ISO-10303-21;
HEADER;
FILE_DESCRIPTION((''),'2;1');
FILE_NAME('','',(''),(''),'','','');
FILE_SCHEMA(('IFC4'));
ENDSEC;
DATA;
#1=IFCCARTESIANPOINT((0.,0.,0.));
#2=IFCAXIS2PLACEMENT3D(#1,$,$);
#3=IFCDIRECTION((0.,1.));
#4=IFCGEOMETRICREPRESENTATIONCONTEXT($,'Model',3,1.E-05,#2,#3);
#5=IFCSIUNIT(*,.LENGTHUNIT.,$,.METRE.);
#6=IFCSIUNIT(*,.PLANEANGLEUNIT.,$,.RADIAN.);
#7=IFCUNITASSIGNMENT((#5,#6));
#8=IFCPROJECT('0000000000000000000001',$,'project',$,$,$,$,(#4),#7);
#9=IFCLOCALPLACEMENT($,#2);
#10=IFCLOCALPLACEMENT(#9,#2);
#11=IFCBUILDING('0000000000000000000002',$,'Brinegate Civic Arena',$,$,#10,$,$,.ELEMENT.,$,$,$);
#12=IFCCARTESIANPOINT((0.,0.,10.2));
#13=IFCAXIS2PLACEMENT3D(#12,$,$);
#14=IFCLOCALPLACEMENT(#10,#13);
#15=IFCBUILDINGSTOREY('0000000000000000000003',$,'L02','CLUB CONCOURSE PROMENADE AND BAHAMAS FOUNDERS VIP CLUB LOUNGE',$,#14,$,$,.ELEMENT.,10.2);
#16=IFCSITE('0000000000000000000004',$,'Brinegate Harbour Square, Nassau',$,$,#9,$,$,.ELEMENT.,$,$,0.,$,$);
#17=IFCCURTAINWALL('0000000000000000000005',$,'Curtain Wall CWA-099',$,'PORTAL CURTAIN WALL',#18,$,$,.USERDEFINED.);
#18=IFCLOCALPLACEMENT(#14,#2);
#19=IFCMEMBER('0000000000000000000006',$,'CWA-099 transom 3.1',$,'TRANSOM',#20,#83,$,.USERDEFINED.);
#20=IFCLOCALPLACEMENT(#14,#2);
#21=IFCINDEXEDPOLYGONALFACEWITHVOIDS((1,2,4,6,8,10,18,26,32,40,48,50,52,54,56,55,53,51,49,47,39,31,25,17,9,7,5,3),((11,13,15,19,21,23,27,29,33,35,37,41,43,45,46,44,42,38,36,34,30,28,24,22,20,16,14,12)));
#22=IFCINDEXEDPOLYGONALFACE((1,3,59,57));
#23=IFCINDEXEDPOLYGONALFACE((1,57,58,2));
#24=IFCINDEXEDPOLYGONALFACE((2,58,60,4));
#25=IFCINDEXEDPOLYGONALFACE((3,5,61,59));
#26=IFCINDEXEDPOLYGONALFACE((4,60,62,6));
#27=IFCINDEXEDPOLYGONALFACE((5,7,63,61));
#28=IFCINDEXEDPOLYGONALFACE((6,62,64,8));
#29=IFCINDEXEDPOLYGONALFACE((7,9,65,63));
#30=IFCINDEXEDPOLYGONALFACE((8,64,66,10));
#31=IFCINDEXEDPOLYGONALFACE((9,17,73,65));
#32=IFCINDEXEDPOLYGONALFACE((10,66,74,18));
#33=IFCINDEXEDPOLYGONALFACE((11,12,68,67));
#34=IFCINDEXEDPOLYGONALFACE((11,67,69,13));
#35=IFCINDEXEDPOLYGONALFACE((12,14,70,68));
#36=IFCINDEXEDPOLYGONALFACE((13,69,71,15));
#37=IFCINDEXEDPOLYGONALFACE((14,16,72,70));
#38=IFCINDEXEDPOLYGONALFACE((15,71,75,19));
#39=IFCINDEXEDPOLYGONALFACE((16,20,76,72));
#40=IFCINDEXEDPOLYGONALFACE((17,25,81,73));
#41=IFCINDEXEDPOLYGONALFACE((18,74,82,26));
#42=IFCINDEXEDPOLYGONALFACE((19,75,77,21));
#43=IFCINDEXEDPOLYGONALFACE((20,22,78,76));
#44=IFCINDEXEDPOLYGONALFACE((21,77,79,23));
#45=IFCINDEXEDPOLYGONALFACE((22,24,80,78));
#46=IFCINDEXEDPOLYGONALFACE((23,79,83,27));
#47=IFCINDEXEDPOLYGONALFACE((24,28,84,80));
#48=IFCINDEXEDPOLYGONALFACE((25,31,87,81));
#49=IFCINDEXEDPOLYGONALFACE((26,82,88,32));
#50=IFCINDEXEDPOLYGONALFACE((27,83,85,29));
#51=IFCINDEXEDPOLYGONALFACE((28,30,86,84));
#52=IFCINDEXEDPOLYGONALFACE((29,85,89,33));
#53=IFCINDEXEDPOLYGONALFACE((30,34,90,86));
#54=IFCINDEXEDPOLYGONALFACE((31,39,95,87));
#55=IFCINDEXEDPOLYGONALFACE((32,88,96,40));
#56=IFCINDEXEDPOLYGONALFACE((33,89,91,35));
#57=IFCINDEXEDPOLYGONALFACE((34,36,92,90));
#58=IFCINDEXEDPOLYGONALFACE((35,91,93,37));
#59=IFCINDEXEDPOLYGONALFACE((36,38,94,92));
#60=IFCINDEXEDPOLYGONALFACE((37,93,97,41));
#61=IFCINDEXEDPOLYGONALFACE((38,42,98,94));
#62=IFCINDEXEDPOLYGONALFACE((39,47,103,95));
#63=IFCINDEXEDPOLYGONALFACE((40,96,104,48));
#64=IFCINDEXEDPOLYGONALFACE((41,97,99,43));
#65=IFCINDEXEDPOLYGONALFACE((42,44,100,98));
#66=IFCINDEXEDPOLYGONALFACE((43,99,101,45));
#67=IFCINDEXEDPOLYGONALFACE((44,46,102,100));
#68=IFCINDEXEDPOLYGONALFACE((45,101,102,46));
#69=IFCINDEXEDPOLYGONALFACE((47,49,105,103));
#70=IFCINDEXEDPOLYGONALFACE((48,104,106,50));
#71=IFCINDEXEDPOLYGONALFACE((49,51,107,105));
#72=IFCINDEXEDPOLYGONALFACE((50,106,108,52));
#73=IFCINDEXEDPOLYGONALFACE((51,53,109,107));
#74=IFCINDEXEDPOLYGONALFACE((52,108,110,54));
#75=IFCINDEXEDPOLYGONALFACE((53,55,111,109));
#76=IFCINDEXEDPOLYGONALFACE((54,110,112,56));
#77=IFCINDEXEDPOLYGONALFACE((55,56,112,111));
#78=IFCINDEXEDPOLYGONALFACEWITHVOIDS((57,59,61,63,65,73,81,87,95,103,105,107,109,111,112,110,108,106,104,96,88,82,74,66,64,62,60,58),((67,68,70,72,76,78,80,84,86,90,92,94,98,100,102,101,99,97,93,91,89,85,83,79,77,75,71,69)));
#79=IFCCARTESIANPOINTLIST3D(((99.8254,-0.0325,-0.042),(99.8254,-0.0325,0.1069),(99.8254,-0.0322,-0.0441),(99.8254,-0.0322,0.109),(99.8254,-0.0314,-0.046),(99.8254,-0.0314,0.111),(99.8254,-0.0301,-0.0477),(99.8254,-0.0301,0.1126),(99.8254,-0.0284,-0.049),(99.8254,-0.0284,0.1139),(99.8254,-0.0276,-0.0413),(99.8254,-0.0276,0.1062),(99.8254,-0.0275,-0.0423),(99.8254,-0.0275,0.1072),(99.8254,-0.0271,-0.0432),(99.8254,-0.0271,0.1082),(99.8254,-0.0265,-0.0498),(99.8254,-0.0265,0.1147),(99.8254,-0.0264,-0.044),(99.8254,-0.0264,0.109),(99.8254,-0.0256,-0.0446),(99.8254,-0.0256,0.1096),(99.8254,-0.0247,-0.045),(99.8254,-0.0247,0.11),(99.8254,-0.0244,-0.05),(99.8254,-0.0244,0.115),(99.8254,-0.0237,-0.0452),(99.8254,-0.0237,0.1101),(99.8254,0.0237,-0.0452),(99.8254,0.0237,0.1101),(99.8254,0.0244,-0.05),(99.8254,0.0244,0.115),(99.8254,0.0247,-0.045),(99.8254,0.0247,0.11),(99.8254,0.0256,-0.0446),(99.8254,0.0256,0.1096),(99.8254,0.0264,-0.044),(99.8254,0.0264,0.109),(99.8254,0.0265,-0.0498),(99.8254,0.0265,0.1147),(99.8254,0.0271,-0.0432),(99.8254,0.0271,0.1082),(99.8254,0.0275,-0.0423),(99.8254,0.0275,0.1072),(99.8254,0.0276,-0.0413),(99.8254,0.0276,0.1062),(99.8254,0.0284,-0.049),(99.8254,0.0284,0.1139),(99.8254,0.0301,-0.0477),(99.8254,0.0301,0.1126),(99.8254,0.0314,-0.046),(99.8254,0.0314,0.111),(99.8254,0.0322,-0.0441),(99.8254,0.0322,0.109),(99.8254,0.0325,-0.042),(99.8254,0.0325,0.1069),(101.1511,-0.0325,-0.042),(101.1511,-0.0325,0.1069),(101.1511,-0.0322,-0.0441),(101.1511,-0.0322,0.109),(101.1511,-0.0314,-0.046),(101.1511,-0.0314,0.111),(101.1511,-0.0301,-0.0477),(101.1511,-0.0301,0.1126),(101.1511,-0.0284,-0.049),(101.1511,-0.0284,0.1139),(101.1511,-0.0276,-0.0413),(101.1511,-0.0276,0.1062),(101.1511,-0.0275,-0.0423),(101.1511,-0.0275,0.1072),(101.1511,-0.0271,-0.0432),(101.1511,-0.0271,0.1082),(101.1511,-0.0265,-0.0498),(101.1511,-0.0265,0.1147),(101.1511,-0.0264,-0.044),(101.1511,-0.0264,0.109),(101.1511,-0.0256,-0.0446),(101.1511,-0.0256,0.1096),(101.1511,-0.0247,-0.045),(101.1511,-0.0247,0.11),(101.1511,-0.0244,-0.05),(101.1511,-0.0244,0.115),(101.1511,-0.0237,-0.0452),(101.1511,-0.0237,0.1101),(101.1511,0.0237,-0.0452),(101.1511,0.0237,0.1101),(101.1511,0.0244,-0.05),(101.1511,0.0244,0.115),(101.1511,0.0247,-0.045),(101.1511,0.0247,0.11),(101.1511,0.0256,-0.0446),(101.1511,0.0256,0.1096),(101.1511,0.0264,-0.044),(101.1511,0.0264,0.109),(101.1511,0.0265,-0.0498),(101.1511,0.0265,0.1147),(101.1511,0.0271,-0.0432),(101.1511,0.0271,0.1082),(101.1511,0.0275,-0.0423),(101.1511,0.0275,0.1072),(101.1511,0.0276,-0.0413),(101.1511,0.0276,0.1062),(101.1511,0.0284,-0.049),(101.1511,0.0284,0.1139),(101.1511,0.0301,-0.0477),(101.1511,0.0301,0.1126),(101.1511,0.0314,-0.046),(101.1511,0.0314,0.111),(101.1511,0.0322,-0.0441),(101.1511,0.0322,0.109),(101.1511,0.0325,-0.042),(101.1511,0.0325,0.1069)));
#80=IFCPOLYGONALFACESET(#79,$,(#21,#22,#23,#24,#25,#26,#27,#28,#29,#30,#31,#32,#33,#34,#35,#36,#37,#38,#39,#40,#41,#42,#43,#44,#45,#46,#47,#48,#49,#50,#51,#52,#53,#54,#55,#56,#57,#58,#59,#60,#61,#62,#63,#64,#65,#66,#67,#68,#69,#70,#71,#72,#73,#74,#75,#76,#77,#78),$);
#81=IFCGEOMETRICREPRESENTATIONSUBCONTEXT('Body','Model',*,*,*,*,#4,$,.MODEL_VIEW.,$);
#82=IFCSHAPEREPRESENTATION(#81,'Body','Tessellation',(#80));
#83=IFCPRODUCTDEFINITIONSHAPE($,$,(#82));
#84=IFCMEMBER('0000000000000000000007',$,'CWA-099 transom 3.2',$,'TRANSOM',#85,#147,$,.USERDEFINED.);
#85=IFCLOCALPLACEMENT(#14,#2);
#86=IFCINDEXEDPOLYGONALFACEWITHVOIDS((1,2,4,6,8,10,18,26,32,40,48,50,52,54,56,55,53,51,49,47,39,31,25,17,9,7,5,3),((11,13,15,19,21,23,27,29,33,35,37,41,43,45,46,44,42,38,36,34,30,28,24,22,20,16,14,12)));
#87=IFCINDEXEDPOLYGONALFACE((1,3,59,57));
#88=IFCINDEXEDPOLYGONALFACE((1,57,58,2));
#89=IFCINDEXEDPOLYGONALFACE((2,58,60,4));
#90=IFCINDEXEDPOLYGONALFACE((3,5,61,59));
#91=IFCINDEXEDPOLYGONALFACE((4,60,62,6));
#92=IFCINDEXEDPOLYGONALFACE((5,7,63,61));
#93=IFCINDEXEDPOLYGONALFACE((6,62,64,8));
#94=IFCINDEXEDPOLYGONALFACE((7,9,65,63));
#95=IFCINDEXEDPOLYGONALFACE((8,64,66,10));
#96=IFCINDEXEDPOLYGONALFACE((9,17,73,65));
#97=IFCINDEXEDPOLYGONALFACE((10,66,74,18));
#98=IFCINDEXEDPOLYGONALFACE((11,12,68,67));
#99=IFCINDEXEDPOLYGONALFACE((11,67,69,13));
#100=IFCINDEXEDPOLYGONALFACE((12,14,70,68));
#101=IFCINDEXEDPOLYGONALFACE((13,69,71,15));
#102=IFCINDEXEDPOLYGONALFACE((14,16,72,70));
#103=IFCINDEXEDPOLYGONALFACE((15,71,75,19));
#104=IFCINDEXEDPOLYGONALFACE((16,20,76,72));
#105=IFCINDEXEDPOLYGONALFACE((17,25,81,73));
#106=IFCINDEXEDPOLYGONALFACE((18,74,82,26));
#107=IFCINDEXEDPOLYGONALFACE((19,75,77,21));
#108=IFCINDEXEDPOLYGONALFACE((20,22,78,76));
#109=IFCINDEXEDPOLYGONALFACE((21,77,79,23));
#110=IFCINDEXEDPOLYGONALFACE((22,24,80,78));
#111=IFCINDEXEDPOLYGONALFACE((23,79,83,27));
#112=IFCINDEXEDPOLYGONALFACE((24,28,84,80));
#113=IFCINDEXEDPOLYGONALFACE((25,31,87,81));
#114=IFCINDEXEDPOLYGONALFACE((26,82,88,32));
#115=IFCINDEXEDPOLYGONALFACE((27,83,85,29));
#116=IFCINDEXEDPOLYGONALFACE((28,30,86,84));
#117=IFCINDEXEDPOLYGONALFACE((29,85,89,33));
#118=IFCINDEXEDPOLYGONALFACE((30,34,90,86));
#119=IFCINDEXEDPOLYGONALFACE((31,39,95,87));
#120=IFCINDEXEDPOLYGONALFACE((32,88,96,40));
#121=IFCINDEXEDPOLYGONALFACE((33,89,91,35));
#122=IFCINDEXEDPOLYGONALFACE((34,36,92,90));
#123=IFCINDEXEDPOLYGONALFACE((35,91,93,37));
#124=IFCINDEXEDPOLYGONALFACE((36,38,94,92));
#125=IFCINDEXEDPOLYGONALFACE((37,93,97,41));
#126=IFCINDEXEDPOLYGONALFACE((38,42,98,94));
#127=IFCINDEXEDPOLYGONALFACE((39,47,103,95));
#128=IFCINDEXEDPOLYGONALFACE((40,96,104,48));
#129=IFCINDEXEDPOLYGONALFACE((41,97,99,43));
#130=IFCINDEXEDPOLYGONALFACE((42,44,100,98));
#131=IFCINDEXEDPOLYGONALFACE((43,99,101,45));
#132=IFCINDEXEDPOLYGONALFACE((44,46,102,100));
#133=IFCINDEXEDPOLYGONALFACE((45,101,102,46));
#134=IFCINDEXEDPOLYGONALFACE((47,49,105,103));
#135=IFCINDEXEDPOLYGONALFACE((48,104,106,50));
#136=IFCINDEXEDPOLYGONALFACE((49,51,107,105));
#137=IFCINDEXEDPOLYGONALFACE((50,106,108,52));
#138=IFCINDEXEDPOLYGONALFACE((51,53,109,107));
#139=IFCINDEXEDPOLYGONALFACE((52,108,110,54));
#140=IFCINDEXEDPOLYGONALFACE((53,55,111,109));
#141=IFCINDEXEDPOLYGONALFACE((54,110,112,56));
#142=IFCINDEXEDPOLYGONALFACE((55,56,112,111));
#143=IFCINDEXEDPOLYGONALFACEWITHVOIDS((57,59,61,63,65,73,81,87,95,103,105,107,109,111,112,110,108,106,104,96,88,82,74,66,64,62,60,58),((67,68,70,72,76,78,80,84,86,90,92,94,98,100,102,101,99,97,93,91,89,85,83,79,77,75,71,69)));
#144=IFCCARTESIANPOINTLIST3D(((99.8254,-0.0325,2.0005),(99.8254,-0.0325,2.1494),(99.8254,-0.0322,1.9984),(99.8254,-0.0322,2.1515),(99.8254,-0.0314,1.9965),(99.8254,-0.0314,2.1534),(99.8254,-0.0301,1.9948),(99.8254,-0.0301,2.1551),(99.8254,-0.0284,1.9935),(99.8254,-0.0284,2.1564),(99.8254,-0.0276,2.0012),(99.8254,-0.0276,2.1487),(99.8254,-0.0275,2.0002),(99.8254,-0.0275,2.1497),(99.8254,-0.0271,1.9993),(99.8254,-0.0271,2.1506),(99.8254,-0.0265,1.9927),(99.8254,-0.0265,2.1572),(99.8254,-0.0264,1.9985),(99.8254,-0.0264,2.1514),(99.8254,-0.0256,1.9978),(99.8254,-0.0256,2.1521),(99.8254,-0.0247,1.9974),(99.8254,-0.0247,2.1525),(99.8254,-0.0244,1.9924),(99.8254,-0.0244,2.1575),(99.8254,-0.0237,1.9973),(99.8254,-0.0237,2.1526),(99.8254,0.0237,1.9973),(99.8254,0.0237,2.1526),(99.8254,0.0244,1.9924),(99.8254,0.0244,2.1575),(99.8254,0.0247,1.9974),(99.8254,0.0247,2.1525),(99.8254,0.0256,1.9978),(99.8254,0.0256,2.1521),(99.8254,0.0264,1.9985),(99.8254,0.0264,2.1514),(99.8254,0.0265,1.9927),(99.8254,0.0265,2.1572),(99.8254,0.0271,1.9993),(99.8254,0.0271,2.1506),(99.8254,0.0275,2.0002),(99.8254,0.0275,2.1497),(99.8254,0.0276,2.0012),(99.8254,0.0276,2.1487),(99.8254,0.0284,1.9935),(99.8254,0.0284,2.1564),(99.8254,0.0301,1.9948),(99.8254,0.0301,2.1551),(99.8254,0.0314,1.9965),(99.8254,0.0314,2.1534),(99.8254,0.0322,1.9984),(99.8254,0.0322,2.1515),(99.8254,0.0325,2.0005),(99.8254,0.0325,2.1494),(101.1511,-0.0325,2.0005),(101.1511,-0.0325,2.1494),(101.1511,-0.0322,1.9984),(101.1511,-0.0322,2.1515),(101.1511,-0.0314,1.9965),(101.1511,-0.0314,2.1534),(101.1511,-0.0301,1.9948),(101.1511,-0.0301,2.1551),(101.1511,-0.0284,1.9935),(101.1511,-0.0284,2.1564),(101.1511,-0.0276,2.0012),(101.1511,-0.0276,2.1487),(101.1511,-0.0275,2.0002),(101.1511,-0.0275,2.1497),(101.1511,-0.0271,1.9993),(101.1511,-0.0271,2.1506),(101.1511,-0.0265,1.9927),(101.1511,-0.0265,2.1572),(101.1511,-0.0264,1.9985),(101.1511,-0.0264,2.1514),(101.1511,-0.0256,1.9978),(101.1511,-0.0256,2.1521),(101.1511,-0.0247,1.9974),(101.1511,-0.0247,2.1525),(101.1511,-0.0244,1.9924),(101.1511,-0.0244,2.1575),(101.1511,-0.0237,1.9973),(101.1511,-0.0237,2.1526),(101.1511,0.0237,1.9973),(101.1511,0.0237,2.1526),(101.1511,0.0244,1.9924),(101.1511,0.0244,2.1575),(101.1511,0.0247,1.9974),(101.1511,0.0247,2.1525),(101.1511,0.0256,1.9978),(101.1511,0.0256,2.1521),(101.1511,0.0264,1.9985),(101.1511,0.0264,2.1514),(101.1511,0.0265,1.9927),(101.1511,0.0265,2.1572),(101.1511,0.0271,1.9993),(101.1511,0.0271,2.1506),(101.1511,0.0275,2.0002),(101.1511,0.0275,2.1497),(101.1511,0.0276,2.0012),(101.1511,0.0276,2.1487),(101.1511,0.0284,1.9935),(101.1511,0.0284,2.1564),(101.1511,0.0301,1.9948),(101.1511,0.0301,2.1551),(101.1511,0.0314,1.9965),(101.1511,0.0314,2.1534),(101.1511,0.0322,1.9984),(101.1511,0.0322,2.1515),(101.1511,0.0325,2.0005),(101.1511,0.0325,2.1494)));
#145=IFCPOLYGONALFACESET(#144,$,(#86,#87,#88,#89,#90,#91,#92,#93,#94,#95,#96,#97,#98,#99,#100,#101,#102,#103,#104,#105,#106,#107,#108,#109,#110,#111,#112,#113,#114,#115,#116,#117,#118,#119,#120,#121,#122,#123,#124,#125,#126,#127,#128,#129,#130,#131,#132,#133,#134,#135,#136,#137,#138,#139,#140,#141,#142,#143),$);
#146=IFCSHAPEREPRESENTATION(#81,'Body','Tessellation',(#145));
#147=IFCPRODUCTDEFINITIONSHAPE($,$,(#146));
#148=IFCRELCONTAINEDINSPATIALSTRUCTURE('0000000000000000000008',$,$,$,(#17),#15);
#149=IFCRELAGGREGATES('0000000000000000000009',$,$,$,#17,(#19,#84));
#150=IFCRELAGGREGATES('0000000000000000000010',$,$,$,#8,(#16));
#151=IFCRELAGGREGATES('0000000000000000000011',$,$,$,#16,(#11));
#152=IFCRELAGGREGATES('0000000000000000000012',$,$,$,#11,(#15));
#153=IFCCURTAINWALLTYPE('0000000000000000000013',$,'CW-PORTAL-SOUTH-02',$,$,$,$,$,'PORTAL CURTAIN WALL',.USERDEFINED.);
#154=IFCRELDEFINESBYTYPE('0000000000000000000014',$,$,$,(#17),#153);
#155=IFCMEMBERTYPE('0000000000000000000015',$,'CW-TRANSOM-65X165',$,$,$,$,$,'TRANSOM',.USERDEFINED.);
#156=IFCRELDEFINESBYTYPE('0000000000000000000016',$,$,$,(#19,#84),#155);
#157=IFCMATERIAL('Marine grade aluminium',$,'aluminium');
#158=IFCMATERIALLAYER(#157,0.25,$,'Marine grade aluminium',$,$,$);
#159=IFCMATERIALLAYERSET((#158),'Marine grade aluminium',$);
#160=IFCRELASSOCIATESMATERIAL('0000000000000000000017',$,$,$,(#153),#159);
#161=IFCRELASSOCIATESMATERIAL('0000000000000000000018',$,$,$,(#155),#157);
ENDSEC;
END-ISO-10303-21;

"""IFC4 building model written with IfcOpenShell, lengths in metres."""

from ifc_helpers import new_model, si_unit, direction, frame, origin, origin_2d, place, context, subcontext, project, spatial, hollow_rectangle, extrude, material, layer, layer_set, material_profile, profile_set, type_object, element, aggregate, save


model = new_model("IFC4")

# Units and contexts
model_context = context("Model", 3, precision=1e-05, world=origin(), true_north=direction((0.0, 1.0)))
body_context = subcontext(model_context, "Body", "Model", "MODEL_VIEW")
ifc_project = project(units=[si_unit("LENGTHUNIT", "METRE"), si_unit("PLANEANGLEUNIT", "RADIAN")], contexts=[model_context])

# Site, building, storey
site_placement = place(None, origin())
site = spatial("IfcSite", under=ifc_project, at=site_placement, Name="Brinegate Harbour Square, Nassau", CompositionType="ELEMENT", RefElevation=0.0)
building_placement = place(site_placement, origin())
building = spatial("IfcBuilding", under=site, at=building_placement, Name="Brinegate Civic Arena", CompositionType="ELEMENT")
storey_placement = place(building_placement, frame((0.0, 0.0, 10.2)))
storey = spatial("IfcBuildingStorey", under=building, at=storey_placement, Name="L02", Description="CLUB CONCOURSE PROMENADE AND BAHAMAS FOUNDERS VIP CLUB LOUNGE", CompositionType="ELEMENT", Elevation=10.2)

# Shared definitions
ifc_material_1 = material(Name="Marine grade aluminium", Category="aluminium")
ifc_layer_1 = layer(ifc_material_1, 0.25, Name="Marine grade aluminium")
ifc_layer_set_1 = layer_set([ifc_layer_1], Name="Marine grade aluminium")
curtain_wall_type = type_object("IfcCurtainWallType", Name="CW-PORTAL-SOUTH-02", ElementType="PORTAL CURTAIN WALL", PredefinedType="USERDEFINED", material=ifc_layer_set_1)

# Curtain wall, members
curtain_wall_1_placement = place(storey_placement, origin())
curtain_wall_1 = element("IfcCurtainWall", 1, at=curtain_wall_1_placement, inside=storey, type_object=curtain_wall_type, Name="Curtain Wall CWA-099", ObjectType="PORTAL CURTAIN WALL", PredefinedType="USERDEFINED")
ifc_material_profile_1 = material_profile(ifc_material_1, hollow_rectangle(XDim=0.0649, YDim=0.165, WallThickness=0.0049, InnerFilletRadius=0.0039, OuterFilletRadius=0.0081, at=origin_2d()), Name="TRN65X165")
ifc_profile_set_1 = profile_set([ifc_material_profile_1], Name="Marine grade aluminium")
member_type_1 = type_object("IfcMemberType", Name="CW-TRANSOM-65X165", ElementType="TRANSOM", PredefinedType="USERDEFINED", material=ifc_profile_set_1)
member_1_placement = place(storey_placement, frame((99.8254, 0.0, 0.0325), z_axis=(1.0, 0.0, 0.0), x_axis=(0.0, 1.0, 0.0)))
member_1 = element("IfcMember", 2, at=member_1_placement, type_object=member_type_1, Name="CWA-099 transom 3.1", ObjectType="TRANSOM", PredefinedType="USERDEFINED", context=body_context, shape_type="SweptSolid", body=[
    extrude(hollow_rectangle(XDim=0.0649, YDim=0.165, WallThickness=0.0049, InnerFilletRadius=0.0039, OuterFilletRadius=0.0081, at=origin_2d()), origin(), (0.0, 0.0, 1.0), 1.3257),
])
member_2_placement = place(storey_placement, frame((99.8254, 0.0, 2.075), z_axis=(1.0, 0.0, 0.0), x_axis=(0.0, 1.0, 0.0)))
member_2 = element("IfcMember", 3, at=member_2_placement, type_object=member_type_1, Name="CWA-099 transom 3.2", ObjectType="TRANSOM", PredefinedType="USERDEFINED", context=body_context, shape_type="SweptSolid", body=[
    extrude(hollow_rectangle(XDim=0.0649, YDim=0.165, WallThickness=0.0049, InnerFilletRadius=0.0039, OuterFilletRadius=0.0081, at=origin_2d()), origin(), (0.0, 0.0, 1.0), 1.3257),
])

aggregate(curtain_wall_1, [member_1, member_2])

save(model, "model.ifc")
